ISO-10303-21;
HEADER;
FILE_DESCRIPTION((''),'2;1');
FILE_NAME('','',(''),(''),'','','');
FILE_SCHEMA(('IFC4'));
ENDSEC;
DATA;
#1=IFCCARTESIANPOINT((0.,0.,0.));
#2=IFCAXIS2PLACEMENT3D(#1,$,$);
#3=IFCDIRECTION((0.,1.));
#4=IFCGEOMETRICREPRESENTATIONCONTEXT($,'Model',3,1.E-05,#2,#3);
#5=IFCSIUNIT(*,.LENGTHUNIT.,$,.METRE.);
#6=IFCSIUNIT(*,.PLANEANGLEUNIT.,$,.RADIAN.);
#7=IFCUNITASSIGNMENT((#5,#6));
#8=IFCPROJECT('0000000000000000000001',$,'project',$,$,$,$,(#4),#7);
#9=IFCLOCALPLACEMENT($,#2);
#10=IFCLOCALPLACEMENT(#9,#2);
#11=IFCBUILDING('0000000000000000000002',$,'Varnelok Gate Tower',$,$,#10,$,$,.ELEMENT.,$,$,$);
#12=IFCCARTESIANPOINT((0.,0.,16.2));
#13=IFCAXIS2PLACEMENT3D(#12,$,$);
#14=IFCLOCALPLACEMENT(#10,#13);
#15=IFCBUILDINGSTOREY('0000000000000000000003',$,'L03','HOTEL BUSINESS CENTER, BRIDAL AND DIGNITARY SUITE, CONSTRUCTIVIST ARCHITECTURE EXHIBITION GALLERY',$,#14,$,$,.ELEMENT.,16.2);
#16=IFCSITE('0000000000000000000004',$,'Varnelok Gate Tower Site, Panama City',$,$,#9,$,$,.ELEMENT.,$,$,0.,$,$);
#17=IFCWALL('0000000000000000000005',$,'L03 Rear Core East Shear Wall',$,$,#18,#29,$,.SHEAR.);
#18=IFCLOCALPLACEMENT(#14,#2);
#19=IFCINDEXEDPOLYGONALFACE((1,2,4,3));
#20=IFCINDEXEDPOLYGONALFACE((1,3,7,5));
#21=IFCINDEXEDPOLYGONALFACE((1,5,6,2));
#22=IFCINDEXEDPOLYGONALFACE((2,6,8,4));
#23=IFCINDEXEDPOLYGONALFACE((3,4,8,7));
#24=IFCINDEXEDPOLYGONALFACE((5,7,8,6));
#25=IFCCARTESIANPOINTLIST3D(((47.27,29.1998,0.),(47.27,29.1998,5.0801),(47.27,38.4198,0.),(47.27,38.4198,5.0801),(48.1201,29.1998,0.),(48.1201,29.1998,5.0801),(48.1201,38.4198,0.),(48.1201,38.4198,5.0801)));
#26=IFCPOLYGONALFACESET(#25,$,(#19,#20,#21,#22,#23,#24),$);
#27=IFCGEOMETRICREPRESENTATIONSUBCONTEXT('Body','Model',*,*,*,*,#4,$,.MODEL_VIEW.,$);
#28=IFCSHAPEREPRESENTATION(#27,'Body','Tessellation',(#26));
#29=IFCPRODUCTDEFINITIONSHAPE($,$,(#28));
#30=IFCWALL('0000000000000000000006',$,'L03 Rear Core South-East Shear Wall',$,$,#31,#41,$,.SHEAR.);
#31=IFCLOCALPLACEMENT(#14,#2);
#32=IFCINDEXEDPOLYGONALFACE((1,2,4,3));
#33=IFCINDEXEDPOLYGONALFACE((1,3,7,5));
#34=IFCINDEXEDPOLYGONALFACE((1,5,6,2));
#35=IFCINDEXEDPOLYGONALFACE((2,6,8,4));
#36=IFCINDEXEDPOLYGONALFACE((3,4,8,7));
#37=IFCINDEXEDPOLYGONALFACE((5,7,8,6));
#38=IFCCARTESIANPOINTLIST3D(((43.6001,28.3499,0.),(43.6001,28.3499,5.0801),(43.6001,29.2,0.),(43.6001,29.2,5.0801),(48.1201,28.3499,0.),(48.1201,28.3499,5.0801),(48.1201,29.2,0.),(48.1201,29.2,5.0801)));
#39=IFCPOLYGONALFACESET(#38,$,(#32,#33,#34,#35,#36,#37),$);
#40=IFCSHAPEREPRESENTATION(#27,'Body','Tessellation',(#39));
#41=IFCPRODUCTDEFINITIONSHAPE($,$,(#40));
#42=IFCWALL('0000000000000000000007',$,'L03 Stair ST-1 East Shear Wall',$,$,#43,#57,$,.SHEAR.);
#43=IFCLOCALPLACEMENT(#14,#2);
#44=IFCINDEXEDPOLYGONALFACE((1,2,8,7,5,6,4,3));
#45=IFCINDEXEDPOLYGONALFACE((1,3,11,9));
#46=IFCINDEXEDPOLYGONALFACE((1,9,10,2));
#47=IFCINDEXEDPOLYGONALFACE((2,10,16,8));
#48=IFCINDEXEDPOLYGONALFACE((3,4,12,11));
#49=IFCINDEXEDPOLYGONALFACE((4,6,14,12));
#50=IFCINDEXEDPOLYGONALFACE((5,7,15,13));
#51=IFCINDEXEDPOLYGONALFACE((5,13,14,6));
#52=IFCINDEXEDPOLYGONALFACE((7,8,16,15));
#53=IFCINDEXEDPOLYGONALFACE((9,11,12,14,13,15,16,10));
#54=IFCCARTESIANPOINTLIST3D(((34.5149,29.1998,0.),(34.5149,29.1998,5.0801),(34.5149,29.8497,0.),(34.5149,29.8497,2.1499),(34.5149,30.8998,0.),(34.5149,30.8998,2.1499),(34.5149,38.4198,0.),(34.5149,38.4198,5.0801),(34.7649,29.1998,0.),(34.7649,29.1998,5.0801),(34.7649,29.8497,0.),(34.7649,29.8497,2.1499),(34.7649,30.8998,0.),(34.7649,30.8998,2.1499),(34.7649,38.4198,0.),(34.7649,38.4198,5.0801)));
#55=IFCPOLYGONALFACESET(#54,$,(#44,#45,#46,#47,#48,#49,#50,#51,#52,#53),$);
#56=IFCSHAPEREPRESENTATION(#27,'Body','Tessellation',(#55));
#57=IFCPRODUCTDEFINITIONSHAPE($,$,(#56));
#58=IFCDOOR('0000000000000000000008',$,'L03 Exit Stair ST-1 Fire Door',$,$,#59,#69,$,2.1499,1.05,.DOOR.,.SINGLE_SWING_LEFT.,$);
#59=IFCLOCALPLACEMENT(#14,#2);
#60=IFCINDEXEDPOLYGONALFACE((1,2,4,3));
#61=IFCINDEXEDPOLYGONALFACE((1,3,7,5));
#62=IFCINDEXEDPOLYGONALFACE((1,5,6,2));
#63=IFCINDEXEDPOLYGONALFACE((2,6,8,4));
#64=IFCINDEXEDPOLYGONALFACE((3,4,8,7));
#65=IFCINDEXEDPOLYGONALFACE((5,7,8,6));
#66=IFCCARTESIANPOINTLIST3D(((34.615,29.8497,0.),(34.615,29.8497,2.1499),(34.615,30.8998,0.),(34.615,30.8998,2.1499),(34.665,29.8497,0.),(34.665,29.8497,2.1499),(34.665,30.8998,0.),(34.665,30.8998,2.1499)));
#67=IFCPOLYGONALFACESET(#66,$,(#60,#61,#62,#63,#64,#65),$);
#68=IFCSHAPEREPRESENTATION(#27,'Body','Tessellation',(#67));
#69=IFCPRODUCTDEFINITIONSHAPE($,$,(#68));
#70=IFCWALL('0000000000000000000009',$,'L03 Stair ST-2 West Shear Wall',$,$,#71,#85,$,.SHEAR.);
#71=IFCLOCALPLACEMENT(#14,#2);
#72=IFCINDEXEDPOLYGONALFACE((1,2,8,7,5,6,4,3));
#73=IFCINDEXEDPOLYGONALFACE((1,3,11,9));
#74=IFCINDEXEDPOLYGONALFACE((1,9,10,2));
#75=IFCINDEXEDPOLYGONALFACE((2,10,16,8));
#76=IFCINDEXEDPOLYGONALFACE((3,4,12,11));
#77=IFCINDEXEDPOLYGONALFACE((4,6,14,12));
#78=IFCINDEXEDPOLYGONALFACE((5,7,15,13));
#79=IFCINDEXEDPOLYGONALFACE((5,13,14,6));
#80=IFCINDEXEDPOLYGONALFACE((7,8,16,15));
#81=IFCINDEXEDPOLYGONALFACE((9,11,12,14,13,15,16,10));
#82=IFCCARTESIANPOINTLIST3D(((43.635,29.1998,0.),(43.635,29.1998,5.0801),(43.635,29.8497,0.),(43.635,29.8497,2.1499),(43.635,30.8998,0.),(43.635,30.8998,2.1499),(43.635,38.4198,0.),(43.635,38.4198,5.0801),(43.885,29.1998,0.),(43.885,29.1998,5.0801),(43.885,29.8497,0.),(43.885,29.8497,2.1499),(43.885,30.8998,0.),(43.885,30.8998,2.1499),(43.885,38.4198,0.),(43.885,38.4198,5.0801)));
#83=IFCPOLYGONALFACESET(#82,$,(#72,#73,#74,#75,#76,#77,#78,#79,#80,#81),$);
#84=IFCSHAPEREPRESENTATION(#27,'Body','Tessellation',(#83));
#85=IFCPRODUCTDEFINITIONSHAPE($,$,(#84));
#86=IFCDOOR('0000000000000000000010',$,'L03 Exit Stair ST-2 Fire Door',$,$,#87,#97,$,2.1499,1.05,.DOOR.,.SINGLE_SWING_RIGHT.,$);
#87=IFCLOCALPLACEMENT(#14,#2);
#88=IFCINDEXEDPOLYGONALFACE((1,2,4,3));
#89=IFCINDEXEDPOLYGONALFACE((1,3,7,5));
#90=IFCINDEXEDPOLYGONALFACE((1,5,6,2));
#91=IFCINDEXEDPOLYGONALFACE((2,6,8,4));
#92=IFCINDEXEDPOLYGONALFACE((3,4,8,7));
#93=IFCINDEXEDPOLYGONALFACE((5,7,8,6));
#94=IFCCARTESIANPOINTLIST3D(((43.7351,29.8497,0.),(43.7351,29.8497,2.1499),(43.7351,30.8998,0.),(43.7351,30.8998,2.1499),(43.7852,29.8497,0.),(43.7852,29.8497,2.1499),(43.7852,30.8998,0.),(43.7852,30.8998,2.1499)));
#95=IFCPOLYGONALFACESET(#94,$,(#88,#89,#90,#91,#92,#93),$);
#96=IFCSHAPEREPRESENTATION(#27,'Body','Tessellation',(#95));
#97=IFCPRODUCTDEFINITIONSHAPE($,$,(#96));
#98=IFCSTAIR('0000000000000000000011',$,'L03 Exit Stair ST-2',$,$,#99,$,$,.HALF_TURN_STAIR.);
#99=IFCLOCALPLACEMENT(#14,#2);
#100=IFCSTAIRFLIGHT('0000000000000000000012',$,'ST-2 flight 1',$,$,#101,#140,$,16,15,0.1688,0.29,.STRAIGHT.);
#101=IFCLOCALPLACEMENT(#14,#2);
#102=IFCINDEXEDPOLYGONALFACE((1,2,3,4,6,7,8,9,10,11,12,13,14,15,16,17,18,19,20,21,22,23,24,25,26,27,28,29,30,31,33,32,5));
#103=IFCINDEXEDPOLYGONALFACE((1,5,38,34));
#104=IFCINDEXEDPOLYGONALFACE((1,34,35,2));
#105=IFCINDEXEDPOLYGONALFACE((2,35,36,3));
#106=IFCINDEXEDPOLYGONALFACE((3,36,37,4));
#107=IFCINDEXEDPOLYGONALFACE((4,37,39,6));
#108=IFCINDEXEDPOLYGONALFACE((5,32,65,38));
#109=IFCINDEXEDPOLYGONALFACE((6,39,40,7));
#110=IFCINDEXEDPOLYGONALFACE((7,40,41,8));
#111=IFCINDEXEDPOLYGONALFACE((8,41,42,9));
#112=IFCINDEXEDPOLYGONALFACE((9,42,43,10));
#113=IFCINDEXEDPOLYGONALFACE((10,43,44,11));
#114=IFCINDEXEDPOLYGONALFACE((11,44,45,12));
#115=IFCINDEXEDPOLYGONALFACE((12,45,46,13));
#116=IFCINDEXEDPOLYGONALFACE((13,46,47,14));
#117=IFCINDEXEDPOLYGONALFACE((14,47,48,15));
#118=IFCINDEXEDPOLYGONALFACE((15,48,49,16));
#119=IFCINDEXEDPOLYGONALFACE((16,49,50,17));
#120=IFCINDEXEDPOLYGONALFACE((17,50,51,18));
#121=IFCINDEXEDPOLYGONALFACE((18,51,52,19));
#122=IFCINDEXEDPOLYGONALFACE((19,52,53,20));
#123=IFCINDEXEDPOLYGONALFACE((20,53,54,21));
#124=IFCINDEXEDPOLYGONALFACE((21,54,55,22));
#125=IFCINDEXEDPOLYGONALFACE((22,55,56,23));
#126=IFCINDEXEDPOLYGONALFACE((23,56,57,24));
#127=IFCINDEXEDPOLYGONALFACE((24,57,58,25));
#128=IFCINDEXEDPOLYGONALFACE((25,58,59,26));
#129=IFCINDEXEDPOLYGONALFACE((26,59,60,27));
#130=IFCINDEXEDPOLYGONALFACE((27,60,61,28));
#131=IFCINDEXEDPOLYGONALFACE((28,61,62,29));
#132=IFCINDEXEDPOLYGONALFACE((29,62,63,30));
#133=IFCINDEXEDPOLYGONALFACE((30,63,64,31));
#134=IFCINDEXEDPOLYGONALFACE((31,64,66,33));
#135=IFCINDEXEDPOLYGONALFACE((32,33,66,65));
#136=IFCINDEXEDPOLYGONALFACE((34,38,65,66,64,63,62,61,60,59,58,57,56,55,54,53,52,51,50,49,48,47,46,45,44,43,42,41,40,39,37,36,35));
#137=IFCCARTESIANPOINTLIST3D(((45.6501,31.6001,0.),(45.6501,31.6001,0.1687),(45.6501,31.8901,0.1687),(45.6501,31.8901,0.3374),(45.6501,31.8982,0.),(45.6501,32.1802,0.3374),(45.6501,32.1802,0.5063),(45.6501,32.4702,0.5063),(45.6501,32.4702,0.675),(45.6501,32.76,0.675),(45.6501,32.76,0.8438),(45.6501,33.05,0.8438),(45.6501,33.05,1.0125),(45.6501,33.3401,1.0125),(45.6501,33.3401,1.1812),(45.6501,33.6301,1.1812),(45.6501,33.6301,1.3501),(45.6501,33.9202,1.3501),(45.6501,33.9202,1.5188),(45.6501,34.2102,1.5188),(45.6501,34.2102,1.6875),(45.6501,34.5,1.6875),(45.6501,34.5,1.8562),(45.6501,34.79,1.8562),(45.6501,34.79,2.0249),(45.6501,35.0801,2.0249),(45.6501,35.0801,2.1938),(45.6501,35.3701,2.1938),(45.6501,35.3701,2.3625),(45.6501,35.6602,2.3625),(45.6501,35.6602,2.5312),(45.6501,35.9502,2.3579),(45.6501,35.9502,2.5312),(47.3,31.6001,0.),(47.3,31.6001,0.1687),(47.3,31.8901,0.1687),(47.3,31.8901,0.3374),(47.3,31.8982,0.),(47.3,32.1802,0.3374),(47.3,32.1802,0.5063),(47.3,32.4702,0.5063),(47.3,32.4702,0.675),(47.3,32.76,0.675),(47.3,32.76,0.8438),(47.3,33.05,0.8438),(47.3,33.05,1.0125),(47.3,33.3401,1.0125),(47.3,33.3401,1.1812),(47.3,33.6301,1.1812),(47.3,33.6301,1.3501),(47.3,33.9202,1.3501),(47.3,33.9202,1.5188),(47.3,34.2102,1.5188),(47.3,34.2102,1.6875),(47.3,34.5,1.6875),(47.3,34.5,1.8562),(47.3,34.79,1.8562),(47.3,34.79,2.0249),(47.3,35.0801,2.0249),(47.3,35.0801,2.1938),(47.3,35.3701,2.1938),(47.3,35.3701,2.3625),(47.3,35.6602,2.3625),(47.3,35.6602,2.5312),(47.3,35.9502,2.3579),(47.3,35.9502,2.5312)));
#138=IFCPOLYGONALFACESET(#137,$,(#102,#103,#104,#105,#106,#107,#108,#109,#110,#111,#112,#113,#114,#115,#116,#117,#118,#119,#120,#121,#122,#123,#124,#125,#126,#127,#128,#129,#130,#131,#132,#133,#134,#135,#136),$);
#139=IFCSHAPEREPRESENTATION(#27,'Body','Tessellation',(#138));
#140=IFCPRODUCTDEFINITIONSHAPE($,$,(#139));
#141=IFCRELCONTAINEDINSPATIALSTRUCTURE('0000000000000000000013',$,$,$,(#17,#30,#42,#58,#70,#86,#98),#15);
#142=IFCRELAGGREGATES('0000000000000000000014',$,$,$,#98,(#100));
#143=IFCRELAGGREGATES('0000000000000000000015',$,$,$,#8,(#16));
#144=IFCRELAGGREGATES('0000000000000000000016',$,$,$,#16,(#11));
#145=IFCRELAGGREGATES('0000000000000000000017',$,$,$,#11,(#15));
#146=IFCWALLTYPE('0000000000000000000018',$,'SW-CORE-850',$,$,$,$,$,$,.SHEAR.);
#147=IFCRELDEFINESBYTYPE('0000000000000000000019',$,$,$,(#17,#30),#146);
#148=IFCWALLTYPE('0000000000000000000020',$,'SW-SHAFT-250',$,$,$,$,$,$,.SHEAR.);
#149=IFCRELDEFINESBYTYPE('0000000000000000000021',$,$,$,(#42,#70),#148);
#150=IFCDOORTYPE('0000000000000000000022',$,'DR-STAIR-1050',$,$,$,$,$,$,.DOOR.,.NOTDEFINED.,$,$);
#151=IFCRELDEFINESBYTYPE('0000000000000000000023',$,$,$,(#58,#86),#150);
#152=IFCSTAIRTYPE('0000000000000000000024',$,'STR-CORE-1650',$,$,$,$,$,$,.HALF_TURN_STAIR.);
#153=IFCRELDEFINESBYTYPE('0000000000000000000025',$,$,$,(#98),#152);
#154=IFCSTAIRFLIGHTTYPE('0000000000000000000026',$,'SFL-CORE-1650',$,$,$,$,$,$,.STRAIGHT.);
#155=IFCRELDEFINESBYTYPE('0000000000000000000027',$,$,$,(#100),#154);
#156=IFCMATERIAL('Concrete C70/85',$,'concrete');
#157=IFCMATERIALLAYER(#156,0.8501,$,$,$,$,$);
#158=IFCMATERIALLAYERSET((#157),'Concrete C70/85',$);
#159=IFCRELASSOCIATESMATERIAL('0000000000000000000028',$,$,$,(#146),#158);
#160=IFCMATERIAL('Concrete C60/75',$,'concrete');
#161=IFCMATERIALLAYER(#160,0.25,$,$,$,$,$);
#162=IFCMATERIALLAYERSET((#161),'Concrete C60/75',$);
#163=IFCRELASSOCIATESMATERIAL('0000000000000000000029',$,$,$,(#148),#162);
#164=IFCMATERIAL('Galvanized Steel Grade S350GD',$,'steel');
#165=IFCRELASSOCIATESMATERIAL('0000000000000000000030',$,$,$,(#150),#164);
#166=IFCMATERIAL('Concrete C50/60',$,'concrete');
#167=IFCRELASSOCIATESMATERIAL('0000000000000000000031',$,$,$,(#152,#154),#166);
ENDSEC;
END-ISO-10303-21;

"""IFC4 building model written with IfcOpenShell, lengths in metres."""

from ifc_helpers import new_model, si_unit, direction, frame, frame_2d, origin, place, context, subcontext, project, spatial, polyline, rectangle, outline, extrude, material, layer, layer_set, type_object, element, fill, aggregate, save


model = new_model("IFC4")

# Units and contexts
model_context = context("Model", 3, precision=1e-05, world=origin(), true_north=direction((0.0, 1.0)))
body_context = subcontext(model_context, "Body", "Model", "MODEL_VIEW")
ifc_project = project(units=[si_unit("LENGTHUNIT", "METRE"), si_unit("PLANEANGLEUNIT", "RADIAN")], contexts=[model_context])

# Site, building, storey
site_placement = place(None, origin())
site = spatial("IfcSite", under=ifc_project, at=site_placement, Name="Varnelok Gate Tower Site, Panama City", CompositionType="ELEMENT", RefElevation=0.0)
building_placement = place(site_placement, origin())
building = spatial("IfcBuilding", under=site, at=building_placement, Name="Varnelok Gate Tower", CompositionType="ELEMENT")
storey_placement = place(building_placement, frame((0.0, 0.0, 16.2)))
storey = spatial("IfcBuildingStorey", under=building, at=storey_placement, Name="L03", Description="HOTEL BUSINESS CENTER, BRIDAL AND DIGNITARY SUITE, CONSTRUCTIVIST ARCHITECTURE EXHIBITION GALLERY", CompositionType="ELEMENT", Elevation=16.2)

# Shared definitions
ifc_material_1 = material(Name="Galvanized Steel Grade S350GD", Category="steel")

# Walls
ifc_material_2 = material(Name="Concrete C70/85", Category="concrete")
ifc_layer_1 = layer(ifc_material_2, 0.8501)
ifc_layer_set_1 = layer_set([ifc_layer_1], Name="Concrete C70/85")
wall_type_1 = type_object("IfcWallType", Name="SW-CORE-850", PredefinedType="SHEAR", material=ifc_layer_set_1)
wall_1_placement = place(storey_placement, frame((47.6951, 29.2, 0.0), z_axis=(0.0, 0.0, 1.0), x_axis=(0.0, 1.0, 0.0)))
element("IfcWall", 1, at=wall_1_placement, inside=storey, type_object=wall_type_1, Name="L03 Rear Core East Shear Wall", PredefinedType="SHEAR", context=body_context, shape_type="SweptSolid", body=[
    extrude(rectangle(XDim=9.22, YDim=0.8501, at=frame_2d((4.6099, 0.0))), origin(), (0.0, 0.0, 1.0), 5.0801),
])
wall_2_placement = place(storey_placement, frame((43.6001, 28.7749, 0.0), z_axis=(0.0, 0.0, 1.0), x_axis=(1.0, 0.0, 0.0)))
element("IfcWall", 2, at=wall_2_placement, inside=storey, type_object=wall_type_1, Name="L03 Rear Core South-East Shear Wall", PredefinedType="SHEAR", context=body_context, shape_type="SweptSolid", body=[
    extrude(rectangle(XDim=4.52, YDim=0.8501, at=frame_2d((2.26, 0.0))), origin(), (0.0, 0.0, 1.0), 5.0801),
])

# Walls, openings, doors
ifc_material_3 = material(Name="Concrete C60/75", Category="concrete")
ifc_layer_2 = layer(ifc_material_3, 0.25)
ifc_layer_set_2 = layer_set([ifc_layer_2], Name="Concrete C60/75")
wall_type_2 = type_object("IfcWallType", Name="SW-SHAFT-250", PredefinedType="SHEAR", material=ifc_layer_set_2)
wall_3_placement = place(storey_placement, frame((34.6399, 29.2, 0.0), z_axis=(0.0, 0.0, 1.0), x_axis=(0.0, 1.0, 0.0)))
wall_3 = element("IfcWall", 3, at=wall_3_placement, inside=storey, type_object=wall_type_2, Name="L03 Stair ST-1 East Shear Wall", PredefinedType="SHEAR", context=body_context, shape_type="SweptSolid", body=[
    extrude(rectangle(XDim=9.22, YDim=0.25, at=frame_2d((4.6099, 0.0))), origin(), (0.0, 0.0, 1.0), 5.0801),
])
opening_1_placement = place(wall_3_placement, frame((0.6499, 0.0, 0.0)))
opening_1 = element("IfcOpeningElement", 4, at=opening_1_placement, cuts=wall_3, PredefinedType="OPENING", context=body_context, shape_type="SweptSolid", body=[
    extrude(rectangle(XDim=1.05, YDim=2.1499, at=frame_2d((0.5249, 1.075))), frame((0.0, 0.135, 0.0), z_axis=(0.0, -1.0, 0.0), x_axis=(1.0, 0.0, 0.0)), (0.0, 0.0, 1.0), 0.27),
])
door_type_1 = type_object("IfcDoorType", Name="DR-STAIR-1050", OperationType="NOTDEFINED", PredefinedType="DOOR", material=ifc_material_1)
door_1_placement = place(opening_1_placement, origin())
door_1 = element("IfcDoor", 5, at=door_1_placement, inside=storey, type_object=door_type_1, Name="L03 Exit Stair ST-1 Fire Door", OperationType="SINGLE_SWING_LEFT", OverallHeight=2.1499, OverallWidth=1.05, PredefinedType="DOOR", context=body_context, shape_type="SweptSolid", body=[
    extrude(rectangle(XDim=1.05, YDim=2.1499, at=frame_2d((0.5249, 1.075))), frame((0.0, 0.0249, 0.0), z_axis=(0.0, -1.0, 0.0), x_axis=(1.0, 0.0, 0.0)), (0.0, 0.0, 1.0), 0.05),
])
fill(opening_1, door_1)
wall_4_placement = place(storey_placement, frame((43.76, 29.2, 0.0), z_axis=(0.0, 0.0, 1.0), x_axis=(0.0, 1.0, 0.0)))
wall_4 = element("IfcWall", 6, at=wall_4_placement, inside=storey, type_object=wall_type_2, Name="L03 Stair ST-2 West Shear Wall", PredefinedType="SHEAR", context=body_context, shape_type="SweptSolid", body=[
    extrude(rectangle(XDim=9.22, YDim=0.25, at=frame_2d((4.6099, 0.0))), origin(), (0.0, 0.0, 1.0), 5.0801),
])
opening_2_placement = place(wall_4_placement, frame((0.6499, 0.0, 0.0)))
opening_2 = element("IfcOpeningElement", 7, at=opening_2_placement, cuts=wall_4, PredefinedType="OPENING", context=body_context, shape_type="SweptSolid", body=[
    extrude(rectangle(XDim=1.05, YDim=2.1499, at=frame_2d((0.5249, 1.075))), frame((0.0, 0.135, 0.0), z_axis=(0.0, -1.0, 0.0), x_axis=(1.0, 0.0, 0.0)), (0.0, 0.0, 1.0), 0.27),
])
door_2_placement = place(opening_2_placement, origin())
door_2 = element("IfcDoor", 8, at=door_2_placement, inside=storey, type_object=door_type_1, Name="L03 Exit Stair ST-2 Fire Door", OperationType="SINGLE_SWING_RIGHT", OverallHeight=2.1499, OverallWidth=1.05, PredefinedType="DOOR", context=body_context, shape_type="SweptSolid", body=[
    extrude(rectangle(XDim=1.05, YDim=2.1499, at=frame_2d((0.5249, 1.075))), frame((0.0, 0.0249, 0.0), z_axis=(0.0, -1.0, 0.0), x_axis=(1.0, 0.0, 0.0)), (0.0, 0.0, 1.0), 0.05),
])
fill(opening_2, door_2)

# Stair, stair flight
ifc_material_4 = material(Name="Concrete C50/60", Category="concrete")
stair_type = type_object("IfcStairType", Name="STR-CORE-1650", PredefinedType="HALF_TURN_STAIR", material=ifc_material_4)
stair_placement = place(storey_placement, origin())
stair = element("IfcStair", 9, at=stair_placement, inside=storey, type_object=stair_type, Name="L03 Exit Stair ST-2", PredefinedType="HALF_TURN_STAIR")
stair_flight_type = type_object("IfcStairFlightType", Name="SFL-CORE-1650", PredefinedType="STRAIGHT", material=ifc_material_4)
stair_flight_placement = place(storey_placement, frame((46.4751, 31.6001, 0.0), z_axis=(0.0, 0.0, 1.0), x_axis=(0.0, 1.0, 0.0)))
stair_flight = element("IfcStairFlight", 10, at=stair_flight_placement, type_object=stair_flight_type, Name="ST-2 flight 1", NumberOfRisers=16, NumberOfTreads=15, PredefinedType="STRAIGHT", RiserHeight=0.1688, TreadLength=0.29, context=body_context, shape_type="SweptSolid", body=[
    extrude(outline(polyline([(0.0, 0.0), (0.0, 0.1687), (0.29, 0.1687), (0.29, 0.3374), (0.5801, 0.3374), (0.5801, 0.5063), (0.8701, 0.5063), (0.8701, 0.675), (1.1599, 0.675), (1.1599, 0.8438), (1.45, 0.8438), (1.45, 1.0125), (1.74, 1.0125), (1.74, 1.1812), (2.03, 1.1812), (2.03, 1.3501), (2.3201, 1.3501), (2.3201, 1.5188), (2.6101, 1.5188), (2.6101, 1.6875), (2.8999, 1.6875), (2.8999, 1.8562), (3.1899, 1.8562), (3.1899, 2.0249), (3.48, 2.0249), (3.48, 2.1938), (3.77, 2.1938), (3.77, 2.3625), (4.0601, 2.3625), (4.0601, 2.5312), (4.3501, 2.5312), (4.3501, 2.7), (4.3501, 2.3579), (0.2981, 0.0), (0.0, 0.0)])), frame((0.0, 0.825, 0.0), z_axis=(0.0, -1.0, 0.0), x_axis=(1.0, 0.0, 0.0)), (0.0, 0.0, 1.0), 1.6499),
])
aggregate(stair, [stair_flight])

save(model, "model.ifc")
